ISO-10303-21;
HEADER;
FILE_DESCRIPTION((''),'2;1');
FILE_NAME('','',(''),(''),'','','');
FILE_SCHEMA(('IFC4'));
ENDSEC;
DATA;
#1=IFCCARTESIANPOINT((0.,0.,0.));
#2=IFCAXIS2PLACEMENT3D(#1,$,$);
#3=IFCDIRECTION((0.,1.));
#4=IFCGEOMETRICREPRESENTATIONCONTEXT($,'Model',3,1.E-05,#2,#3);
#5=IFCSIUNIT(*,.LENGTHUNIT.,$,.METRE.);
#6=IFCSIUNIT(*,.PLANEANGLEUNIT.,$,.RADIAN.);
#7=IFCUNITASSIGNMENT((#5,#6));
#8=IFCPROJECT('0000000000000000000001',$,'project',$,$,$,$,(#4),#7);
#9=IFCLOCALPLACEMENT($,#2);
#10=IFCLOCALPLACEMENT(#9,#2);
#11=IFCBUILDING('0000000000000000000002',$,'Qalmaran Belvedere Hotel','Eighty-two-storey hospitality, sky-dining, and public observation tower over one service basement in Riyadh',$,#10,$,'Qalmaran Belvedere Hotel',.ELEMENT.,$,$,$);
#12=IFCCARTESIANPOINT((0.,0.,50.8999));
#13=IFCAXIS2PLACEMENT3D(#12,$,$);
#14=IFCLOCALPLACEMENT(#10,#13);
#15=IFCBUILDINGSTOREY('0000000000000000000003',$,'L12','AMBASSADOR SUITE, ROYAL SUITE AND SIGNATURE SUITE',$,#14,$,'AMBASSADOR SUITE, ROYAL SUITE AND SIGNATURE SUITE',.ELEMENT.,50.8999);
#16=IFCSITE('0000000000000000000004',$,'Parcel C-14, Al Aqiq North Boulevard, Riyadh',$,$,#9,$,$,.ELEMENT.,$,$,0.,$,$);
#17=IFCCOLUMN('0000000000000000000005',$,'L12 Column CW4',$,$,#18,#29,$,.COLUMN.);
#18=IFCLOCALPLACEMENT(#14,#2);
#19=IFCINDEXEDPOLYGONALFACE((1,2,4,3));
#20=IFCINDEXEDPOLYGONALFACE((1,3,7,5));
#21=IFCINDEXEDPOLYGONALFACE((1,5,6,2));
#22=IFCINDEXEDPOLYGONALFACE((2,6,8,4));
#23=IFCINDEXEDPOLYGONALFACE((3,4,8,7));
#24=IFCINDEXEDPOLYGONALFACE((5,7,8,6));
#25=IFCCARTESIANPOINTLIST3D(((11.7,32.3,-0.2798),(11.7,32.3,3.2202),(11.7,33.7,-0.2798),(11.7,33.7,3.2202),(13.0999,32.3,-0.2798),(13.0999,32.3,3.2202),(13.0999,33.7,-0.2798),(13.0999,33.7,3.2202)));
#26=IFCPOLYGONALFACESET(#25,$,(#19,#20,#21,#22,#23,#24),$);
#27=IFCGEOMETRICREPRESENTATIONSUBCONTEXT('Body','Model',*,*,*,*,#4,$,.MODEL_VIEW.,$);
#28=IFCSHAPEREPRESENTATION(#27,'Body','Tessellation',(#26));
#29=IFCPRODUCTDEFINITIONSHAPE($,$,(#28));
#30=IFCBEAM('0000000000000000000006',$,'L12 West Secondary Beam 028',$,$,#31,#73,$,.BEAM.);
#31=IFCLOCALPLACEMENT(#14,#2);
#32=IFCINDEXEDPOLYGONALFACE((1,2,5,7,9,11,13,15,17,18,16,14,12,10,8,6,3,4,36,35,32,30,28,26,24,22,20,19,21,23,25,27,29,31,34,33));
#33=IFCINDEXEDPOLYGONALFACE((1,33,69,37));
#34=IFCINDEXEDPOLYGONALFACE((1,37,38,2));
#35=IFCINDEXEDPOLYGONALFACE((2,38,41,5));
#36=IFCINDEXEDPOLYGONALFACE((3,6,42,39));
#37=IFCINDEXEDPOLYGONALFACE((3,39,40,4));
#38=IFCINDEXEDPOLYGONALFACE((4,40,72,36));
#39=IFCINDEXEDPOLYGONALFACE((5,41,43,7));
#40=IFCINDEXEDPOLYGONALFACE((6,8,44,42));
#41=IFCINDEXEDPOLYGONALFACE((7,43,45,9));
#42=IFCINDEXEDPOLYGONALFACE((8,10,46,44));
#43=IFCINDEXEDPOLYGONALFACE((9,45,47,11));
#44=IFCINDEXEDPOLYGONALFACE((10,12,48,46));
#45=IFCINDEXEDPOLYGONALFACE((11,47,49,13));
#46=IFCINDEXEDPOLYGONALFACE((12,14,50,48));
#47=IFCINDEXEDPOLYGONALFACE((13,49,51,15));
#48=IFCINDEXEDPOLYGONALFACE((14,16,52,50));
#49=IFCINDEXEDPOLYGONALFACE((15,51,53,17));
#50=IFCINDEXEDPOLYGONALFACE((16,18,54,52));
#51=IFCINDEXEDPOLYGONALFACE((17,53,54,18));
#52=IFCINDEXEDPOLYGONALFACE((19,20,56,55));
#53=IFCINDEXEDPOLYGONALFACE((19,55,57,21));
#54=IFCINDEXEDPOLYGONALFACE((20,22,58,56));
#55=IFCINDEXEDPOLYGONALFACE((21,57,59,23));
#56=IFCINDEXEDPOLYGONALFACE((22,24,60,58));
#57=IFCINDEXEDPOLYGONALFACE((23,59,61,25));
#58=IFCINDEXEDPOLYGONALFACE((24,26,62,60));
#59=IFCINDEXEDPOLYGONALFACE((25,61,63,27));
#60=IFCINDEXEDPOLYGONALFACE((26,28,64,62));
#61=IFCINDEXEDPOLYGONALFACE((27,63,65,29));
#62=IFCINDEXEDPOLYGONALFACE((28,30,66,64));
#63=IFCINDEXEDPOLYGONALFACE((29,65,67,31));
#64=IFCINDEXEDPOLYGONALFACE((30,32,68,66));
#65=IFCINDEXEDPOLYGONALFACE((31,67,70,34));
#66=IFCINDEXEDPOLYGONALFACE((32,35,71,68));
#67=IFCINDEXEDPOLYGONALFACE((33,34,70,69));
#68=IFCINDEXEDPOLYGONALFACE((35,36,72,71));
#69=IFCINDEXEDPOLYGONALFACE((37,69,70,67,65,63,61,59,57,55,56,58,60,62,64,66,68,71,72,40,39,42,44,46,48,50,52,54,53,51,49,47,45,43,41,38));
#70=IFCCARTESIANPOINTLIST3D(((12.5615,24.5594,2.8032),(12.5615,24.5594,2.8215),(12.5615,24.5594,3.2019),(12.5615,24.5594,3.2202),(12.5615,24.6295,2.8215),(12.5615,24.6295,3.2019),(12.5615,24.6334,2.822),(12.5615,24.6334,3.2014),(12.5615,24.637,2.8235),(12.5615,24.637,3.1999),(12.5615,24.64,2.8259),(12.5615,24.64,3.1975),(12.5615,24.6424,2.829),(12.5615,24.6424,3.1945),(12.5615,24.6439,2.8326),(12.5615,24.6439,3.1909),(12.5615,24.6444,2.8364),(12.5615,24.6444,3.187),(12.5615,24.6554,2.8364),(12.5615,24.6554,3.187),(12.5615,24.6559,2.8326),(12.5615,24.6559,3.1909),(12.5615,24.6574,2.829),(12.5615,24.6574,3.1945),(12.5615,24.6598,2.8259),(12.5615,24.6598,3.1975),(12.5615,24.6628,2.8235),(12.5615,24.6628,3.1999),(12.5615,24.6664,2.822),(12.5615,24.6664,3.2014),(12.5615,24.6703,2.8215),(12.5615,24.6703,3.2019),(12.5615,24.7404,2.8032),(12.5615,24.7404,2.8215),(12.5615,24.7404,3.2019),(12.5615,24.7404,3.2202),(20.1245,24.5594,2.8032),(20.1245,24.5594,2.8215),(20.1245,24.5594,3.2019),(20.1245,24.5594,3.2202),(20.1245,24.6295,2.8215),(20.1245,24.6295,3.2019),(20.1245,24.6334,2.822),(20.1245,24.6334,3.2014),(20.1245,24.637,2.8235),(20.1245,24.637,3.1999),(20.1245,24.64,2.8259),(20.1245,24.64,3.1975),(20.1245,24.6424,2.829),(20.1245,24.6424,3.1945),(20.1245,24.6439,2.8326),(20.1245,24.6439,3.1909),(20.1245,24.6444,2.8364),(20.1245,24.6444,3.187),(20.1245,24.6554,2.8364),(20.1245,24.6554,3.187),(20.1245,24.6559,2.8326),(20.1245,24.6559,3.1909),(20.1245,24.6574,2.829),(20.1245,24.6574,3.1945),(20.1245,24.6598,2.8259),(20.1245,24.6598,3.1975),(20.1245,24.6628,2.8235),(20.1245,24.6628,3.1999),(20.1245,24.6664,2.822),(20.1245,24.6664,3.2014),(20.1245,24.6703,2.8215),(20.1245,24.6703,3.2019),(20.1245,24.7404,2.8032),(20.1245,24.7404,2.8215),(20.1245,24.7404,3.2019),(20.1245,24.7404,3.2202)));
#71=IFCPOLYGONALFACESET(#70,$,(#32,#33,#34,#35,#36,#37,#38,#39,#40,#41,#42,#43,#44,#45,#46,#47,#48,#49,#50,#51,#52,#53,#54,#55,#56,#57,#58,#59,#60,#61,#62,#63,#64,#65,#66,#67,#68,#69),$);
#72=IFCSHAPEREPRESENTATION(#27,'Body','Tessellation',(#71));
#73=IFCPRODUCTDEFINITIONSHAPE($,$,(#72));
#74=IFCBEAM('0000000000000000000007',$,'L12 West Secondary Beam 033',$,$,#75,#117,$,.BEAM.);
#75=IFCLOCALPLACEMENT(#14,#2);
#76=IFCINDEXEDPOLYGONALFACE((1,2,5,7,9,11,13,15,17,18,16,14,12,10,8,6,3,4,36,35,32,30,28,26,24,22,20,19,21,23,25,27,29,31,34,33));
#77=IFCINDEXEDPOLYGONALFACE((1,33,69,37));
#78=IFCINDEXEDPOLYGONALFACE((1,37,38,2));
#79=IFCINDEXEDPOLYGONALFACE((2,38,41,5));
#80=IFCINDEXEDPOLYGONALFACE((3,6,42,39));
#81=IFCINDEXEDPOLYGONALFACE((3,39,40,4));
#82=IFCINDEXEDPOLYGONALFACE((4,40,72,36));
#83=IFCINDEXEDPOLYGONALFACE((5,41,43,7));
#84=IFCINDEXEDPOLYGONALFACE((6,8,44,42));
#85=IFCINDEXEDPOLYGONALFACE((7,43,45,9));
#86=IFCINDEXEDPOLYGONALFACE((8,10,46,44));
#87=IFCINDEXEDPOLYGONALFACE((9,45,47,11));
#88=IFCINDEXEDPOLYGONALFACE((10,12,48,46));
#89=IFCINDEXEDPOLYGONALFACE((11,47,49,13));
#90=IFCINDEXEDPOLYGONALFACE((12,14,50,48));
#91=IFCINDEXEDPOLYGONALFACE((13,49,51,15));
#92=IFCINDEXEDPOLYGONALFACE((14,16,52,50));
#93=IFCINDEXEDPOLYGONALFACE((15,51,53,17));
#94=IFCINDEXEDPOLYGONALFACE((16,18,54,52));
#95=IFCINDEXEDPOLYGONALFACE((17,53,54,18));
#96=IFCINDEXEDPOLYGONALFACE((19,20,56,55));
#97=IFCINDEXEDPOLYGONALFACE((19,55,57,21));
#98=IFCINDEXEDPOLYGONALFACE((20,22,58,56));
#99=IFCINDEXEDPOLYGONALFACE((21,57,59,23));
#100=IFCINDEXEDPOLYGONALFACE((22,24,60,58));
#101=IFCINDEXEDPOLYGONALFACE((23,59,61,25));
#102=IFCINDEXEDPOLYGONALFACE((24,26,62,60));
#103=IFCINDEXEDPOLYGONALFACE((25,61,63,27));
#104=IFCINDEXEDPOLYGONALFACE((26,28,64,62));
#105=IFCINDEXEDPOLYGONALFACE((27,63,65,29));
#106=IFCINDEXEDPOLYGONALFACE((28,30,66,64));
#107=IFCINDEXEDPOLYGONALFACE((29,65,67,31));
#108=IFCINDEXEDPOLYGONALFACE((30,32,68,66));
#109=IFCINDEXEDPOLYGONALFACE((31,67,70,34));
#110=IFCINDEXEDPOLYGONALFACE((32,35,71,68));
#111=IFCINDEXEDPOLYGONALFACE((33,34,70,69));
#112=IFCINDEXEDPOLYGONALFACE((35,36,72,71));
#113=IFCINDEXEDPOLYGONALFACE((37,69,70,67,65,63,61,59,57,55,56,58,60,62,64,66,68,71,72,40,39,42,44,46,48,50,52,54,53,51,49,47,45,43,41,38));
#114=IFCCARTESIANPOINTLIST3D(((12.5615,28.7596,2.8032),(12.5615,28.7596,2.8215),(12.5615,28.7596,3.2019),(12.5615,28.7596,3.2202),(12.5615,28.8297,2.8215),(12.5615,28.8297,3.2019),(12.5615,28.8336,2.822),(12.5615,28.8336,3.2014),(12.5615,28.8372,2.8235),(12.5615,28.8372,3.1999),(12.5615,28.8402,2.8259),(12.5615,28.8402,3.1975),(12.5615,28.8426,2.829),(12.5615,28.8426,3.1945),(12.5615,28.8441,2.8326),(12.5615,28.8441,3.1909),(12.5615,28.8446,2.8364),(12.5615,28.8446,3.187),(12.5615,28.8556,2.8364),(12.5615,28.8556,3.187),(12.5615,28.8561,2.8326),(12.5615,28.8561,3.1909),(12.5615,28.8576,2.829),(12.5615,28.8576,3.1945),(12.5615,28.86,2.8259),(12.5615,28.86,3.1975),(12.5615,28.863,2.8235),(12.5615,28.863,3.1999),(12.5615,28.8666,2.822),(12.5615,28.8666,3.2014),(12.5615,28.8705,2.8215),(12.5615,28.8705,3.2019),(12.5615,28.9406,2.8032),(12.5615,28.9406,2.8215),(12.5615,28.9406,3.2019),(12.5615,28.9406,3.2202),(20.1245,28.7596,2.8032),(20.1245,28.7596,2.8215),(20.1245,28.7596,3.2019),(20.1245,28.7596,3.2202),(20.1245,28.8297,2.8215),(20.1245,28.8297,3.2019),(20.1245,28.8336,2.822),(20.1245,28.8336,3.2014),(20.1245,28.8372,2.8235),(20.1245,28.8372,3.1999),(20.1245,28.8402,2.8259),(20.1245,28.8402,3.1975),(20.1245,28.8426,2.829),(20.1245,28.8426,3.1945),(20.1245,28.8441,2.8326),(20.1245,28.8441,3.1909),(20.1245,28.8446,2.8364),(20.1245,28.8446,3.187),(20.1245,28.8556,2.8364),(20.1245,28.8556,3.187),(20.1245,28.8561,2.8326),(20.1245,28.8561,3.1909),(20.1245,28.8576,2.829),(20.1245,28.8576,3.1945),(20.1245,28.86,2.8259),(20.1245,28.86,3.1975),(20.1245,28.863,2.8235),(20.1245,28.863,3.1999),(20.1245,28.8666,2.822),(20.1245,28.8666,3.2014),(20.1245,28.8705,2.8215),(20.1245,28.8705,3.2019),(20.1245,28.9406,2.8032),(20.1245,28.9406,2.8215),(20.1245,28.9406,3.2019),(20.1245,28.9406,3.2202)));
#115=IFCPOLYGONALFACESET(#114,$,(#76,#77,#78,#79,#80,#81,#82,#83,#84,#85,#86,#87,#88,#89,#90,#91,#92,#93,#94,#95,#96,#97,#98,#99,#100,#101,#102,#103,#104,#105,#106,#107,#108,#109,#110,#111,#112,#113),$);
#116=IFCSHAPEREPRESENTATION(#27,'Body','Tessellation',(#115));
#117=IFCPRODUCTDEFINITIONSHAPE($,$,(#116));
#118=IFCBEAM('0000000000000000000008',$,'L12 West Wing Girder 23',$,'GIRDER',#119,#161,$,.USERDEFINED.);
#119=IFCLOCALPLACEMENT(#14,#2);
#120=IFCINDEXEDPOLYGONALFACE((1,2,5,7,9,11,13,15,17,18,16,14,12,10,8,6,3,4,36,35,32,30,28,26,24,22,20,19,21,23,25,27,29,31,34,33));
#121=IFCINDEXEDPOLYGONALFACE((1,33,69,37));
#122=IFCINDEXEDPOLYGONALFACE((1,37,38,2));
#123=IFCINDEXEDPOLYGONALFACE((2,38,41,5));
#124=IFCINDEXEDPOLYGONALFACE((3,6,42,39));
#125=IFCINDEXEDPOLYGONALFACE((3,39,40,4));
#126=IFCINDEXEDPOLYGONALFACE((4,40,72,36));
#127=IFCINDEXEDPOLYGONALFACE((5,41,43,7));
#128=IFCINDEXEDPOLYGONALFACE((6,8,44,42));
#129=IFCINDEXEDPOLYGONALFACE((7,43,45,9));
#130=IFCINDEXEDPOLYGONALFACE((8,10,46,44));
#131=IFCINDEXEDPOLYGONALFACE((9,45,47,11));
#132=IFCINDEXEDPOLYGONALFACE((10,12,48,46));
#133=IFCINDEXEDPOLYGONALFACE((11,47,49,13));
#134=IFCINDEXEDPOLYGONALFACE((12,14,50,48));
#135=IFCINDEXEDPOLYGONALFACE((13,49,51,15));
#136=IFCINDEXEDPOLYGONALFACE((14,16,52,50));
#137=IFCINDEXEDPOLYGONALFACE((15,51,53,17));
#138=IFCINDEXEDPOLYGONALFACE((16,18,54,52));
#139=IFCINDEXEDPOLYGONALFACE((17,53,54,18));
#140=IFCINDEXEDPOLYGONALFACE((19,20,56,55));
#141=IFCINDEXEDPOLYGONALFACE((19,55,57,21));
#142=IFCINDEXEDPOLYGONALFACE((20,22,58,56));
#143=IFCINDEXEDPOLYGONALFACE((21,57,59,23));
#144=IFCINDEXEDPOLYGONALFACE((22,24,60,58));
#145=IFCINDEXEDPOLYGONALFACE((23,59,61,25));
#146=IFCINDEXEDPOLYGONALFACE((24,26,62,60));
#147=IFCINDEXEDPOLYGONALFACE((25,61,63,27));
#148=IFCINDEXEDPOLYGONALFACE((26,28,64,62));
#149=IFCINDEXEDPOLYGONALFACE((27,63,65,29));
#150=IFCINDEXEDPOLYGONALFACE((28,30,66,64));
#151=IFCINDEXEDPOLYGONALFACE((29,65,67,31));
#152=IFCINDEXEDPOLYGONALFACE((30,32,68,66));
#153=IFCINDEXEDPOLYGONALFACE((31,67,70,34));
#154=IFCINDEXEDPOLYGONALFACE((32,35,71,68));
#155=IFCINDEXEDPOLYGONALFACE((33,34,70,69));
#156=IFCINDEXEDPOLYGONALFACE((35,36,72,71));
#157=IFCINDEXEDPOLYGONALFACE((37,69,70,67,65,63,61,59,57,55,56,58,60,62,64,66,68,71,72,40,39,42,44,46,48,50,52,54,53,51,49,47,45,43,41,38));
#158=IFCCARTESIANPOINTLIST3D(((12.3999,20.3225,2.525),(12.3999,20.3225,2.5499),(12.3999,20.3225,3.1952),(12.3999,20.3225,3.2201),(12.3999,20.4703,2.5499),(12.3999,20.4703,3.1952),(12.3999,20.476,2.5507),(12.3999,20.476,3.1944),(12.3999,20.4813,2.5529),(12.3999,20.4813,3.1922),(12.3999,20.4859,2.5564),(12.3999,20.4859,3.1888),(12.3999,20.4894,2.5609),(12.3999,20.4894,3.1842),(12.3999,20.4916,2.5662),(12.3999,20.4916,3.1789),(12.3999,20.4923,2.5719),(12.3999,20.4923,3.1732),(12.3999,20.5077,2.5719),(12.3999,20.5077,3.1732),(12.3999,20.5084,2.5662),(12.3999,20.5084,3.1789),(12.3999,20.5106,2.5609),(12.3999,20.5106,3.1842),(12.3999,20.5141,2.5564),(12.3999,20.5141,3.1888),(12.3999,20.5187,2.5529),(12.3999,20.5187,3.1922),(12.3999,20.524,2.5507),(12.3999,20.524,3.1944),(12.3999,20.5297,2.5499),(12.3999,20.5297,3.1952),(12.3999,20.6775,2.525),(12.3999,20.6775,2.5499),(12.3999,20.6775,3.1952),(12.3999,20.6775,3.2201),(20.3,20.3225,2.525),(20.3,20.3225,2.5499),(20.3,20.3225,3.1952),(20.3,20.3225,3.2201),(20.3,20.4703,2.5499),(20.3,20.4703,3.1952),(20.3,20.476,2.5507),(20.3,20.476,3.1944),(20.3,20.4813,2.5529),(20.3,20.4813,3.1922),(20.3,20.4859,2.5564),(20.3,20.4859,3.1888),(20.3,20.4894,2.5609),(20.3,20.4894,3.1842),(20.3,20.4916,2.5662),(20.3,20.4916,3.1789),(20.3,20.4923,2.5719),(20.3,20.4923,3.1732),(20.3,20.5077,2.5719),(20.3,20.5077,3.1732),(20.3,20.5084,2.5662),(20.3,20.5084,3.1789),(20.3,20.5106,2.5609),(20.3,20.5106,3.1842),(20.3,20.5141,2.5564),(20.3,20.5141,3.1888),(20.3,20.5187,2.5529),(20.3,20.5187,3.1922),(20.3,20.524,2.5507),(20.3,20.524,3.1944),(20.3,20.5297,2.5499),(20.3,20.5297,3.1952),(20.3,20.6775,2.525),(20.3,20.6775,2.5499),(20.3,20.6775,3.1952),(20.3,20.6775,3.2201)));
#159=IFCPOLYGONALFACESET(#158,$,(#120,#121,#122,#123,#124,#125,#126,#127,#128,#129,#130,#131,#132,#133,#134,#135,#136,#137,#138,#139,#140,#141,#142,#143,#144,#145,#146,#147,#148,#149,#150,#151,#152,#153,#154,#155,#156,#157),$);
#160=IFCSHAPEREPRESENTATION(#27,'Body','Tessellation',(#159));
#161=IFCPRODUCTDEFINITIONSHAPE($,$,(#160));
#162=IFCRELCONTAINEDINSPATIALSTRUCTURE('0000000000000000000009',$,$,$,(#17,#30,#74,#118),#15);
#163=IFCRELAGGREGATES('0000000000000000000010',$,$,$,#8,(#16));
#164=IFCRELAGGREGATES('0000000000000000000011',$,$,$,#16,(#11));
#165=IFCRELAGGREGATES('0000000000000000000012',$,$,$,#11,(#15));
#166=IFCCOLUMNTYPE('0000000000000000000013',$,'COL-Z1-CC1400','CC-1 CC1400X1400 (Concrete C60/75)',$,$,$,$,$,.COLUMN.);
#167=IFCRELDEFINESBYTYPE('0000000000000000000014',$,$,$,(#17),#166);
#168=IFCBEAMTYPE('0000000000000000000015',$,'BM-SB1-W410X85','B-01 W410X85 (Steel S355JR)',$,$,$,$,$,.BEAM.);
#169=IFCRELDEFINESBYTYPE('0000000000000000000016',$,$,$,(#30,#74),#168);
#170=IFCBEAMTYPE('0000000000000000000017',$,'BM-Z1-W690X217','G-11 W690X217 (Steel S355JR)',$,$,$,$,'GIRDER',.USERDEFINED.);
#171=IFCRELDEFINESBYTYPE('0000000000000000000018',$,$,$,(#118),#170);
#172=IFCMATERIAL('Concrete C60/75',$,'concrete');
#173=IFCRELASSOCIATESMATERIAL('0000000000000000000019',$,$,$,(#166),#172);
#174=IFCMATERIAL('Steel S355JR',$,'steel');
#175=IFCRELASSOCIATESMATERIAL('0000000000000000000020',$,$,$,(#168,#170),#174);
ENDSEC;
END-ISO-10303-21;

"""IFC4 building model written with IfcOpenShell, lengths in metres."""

from ifc_helpers import new_model, si_unit, direction, frame, origin, origin_2d, place, context, subcontext, project, spatial, rectangle, i_section, extrude, material, material_profile, profile_set, type_object, element, save


model = new_model("IFC4")

# Units and contexts
model_context = context("Model", 3, precision=1e-05, world=origin(), true_north=direction((0.0, 1.0)))
body_context = subcontext(model_context, "Body", "Model", "MODEL_VIEW")
ifc_project = project(units=[si_unit("LENGTHUNIT", "METRE"), si_unit("PLANEANGLEUNIT", "RADIAN")], contexts=[model_context])

# Site, building, storey
site_placement = place(None, origin())
site = spatial("IfcSite", under=ifc_project, at=site_placement, Name="Parcel C-14, Al Aqiq North Boulevard, Riyadh", CompositionType="ELEMENT", RefElevation=0.0)
building_placement = place(site_placement, origin())
building = spatial("IfcBuilding", under=site, at=building_placement, Name="Qalmaran Belvedere Hotel", Description="Eighty-two-storey hospitality, sky-dining, and public observation tower over one service basement in Riyadh", LongName="Qalmaran Belvedere Hotel", CompositionType="ELEMENT")
storey_placement = place(building_placement, frame((0.0, 0.0, 50.8999)))
storey = spatial("IfcBuildingStorey", under=building, at=storey_placement, Name="L12", Description="AMBASSADOR SUITE, ROYAL SUITE AND SIGNATURE SUITE", LongName="AMBASSADOR SUITE, ROYAL SUITE AND SIGNATURE SUITE", CompositionType="ELEMENT", Elevation=50.8999)

# Column
ifc_material_1 = material(Name="Concrete C60/75", Category="concrete")
ifc_material_profile_1 = material_profile(ifc_material_1, rectangle(XDim=1.3999, YDim=1.3999, at=origin_2d()), Name="CC1400X1400")
ifc_profile_set_1 = profile_set([ifc_material_profile_1], Name="Concrete C60/75")
column_type = type_object("IfcColumnType", Name="COL-Z1-CC1400", Description="CC-1 CC1400X1400 (Concrete C60/75)", PredefinedType="COLUMN", material=ifc_profile_set_1)
column_placement = place(storey_placement, frame((12.3999, 33.0, -0.2798), z_axis=(0.0, 0.0, 1.0), x_axis=(1.0, 0.0, 0.0)))
element("IfcColumn", 1, at=column_placement, inside=storey, type_object=column_type, Name="L12 Column CW4", PredefinedType="COLUMN", context=body_context, shape_type="SweptSolid", body=[
    extrude(rectangle(XDim=1.3999, YDim=1.3999, at=origin_2d()), origin(), (0.0, 0.0, 1.0), 3.5),
])

# Beams
ifc_material_2 = material(Name="Steel S355JR", Category="steel")
ifc_material_profile_2 = material_profile(ifc_material_2, i_section(OverallWidth=0.1809, OverallDepth=0.417, WebThickness=0.011, FlangeThickness=0.0183, FilletRadius=0.0149, at=origin_2d()), Name="W410X85")
ifc_profile_set_2 = profile_set([ifc_material_profile_2], Name="Steel S355JR")
beam_type_1 = type_object("IfcBeamType", Name="BM-SB1-W410X85", Description="B-01 W410X85 (Steel S355JR)", PredefinedType="BEAM", material=ifc_profile_set_2)
for number, where, z_axis, x_axis, name in (
    (2, (12.5615, 24.6499, 3.0117), (1.0, 0.0, 0.0), (0.0, 1.0, 0.0), "L12 West Secondary Beam 028"),
    (3, (12.5615, 28.8501, 3.0117), (1.0, 0.0, 0.0), (0.0, 1.0, 0.0), "L12 West Secondary Beam 033"),
):
    element("IfcBeam", number, at=place(storey_placement, frame(where, z_axis=z_axis, x_axis=x_axis)), inside=storey, type_object=beam_type_1, Name=name, PredefinedType="BEAM", context=body_context, shape_type="SweptSolid", body=[
        extrude(i_section(OverallWidth=0.1809, OverallDepth=0.417, WebThickness=0.011, FlangeThickness=0.0183, FilletRadius=0.0149, at=origin_2d()), origin(), (0.0, 0.0, 1.0), 7.563),
    ])
ifc_material_profile_3 = material_profile(ifc_material_2, i_section(OverallWidth=0.355, OverallDepth=0.6951, WebThickness=0.0154, FlangeThickness=0.0249, FilletRadius=0.022, at=origin_2d()), Name="W690X217")
ifc_profile_set_3 = profile_set([ifc_material_profile_3], Name="Steel S355JR")
beam_type_2 = type_object("IfcBeamType", Name="BM-Z1-W690X217", Description="G-11 W690X217 (Steel S355JR)", ElementType="GIRDER", PredefinedType="USERDEFINED", material=ifc_profile_set_3)
for number, where, z_axis, x_axis, name in (
    (4, (12.3999, 20.5, 2.8726), (1.0, 0.0, 0.0), (0.0, 1.0, 0.0), "L12 West Wing Girder 23"),
):
    element("IfcBeam", number, at=place(storey_placement, frame(where, z_axis=z_axis, x_axis=x_axis)), inside=storey, type_object=beam_type_2, Name=name, ObjectType="GIRDER", PredefinedType="USERDEFINED", context=body_context, shape_type="SweptSolid", body=[
        extrude(i_section(OverallWidth=0.355, OverallDepth=0.6951, WebThickness=0.0154, FlangeThickness=0.0249, FilletRadius=0.022, at=origin_2d()), origin(), (0.0, 0.0, 1.0), 7.9001),
    ])

save(model, "model.ifc")
